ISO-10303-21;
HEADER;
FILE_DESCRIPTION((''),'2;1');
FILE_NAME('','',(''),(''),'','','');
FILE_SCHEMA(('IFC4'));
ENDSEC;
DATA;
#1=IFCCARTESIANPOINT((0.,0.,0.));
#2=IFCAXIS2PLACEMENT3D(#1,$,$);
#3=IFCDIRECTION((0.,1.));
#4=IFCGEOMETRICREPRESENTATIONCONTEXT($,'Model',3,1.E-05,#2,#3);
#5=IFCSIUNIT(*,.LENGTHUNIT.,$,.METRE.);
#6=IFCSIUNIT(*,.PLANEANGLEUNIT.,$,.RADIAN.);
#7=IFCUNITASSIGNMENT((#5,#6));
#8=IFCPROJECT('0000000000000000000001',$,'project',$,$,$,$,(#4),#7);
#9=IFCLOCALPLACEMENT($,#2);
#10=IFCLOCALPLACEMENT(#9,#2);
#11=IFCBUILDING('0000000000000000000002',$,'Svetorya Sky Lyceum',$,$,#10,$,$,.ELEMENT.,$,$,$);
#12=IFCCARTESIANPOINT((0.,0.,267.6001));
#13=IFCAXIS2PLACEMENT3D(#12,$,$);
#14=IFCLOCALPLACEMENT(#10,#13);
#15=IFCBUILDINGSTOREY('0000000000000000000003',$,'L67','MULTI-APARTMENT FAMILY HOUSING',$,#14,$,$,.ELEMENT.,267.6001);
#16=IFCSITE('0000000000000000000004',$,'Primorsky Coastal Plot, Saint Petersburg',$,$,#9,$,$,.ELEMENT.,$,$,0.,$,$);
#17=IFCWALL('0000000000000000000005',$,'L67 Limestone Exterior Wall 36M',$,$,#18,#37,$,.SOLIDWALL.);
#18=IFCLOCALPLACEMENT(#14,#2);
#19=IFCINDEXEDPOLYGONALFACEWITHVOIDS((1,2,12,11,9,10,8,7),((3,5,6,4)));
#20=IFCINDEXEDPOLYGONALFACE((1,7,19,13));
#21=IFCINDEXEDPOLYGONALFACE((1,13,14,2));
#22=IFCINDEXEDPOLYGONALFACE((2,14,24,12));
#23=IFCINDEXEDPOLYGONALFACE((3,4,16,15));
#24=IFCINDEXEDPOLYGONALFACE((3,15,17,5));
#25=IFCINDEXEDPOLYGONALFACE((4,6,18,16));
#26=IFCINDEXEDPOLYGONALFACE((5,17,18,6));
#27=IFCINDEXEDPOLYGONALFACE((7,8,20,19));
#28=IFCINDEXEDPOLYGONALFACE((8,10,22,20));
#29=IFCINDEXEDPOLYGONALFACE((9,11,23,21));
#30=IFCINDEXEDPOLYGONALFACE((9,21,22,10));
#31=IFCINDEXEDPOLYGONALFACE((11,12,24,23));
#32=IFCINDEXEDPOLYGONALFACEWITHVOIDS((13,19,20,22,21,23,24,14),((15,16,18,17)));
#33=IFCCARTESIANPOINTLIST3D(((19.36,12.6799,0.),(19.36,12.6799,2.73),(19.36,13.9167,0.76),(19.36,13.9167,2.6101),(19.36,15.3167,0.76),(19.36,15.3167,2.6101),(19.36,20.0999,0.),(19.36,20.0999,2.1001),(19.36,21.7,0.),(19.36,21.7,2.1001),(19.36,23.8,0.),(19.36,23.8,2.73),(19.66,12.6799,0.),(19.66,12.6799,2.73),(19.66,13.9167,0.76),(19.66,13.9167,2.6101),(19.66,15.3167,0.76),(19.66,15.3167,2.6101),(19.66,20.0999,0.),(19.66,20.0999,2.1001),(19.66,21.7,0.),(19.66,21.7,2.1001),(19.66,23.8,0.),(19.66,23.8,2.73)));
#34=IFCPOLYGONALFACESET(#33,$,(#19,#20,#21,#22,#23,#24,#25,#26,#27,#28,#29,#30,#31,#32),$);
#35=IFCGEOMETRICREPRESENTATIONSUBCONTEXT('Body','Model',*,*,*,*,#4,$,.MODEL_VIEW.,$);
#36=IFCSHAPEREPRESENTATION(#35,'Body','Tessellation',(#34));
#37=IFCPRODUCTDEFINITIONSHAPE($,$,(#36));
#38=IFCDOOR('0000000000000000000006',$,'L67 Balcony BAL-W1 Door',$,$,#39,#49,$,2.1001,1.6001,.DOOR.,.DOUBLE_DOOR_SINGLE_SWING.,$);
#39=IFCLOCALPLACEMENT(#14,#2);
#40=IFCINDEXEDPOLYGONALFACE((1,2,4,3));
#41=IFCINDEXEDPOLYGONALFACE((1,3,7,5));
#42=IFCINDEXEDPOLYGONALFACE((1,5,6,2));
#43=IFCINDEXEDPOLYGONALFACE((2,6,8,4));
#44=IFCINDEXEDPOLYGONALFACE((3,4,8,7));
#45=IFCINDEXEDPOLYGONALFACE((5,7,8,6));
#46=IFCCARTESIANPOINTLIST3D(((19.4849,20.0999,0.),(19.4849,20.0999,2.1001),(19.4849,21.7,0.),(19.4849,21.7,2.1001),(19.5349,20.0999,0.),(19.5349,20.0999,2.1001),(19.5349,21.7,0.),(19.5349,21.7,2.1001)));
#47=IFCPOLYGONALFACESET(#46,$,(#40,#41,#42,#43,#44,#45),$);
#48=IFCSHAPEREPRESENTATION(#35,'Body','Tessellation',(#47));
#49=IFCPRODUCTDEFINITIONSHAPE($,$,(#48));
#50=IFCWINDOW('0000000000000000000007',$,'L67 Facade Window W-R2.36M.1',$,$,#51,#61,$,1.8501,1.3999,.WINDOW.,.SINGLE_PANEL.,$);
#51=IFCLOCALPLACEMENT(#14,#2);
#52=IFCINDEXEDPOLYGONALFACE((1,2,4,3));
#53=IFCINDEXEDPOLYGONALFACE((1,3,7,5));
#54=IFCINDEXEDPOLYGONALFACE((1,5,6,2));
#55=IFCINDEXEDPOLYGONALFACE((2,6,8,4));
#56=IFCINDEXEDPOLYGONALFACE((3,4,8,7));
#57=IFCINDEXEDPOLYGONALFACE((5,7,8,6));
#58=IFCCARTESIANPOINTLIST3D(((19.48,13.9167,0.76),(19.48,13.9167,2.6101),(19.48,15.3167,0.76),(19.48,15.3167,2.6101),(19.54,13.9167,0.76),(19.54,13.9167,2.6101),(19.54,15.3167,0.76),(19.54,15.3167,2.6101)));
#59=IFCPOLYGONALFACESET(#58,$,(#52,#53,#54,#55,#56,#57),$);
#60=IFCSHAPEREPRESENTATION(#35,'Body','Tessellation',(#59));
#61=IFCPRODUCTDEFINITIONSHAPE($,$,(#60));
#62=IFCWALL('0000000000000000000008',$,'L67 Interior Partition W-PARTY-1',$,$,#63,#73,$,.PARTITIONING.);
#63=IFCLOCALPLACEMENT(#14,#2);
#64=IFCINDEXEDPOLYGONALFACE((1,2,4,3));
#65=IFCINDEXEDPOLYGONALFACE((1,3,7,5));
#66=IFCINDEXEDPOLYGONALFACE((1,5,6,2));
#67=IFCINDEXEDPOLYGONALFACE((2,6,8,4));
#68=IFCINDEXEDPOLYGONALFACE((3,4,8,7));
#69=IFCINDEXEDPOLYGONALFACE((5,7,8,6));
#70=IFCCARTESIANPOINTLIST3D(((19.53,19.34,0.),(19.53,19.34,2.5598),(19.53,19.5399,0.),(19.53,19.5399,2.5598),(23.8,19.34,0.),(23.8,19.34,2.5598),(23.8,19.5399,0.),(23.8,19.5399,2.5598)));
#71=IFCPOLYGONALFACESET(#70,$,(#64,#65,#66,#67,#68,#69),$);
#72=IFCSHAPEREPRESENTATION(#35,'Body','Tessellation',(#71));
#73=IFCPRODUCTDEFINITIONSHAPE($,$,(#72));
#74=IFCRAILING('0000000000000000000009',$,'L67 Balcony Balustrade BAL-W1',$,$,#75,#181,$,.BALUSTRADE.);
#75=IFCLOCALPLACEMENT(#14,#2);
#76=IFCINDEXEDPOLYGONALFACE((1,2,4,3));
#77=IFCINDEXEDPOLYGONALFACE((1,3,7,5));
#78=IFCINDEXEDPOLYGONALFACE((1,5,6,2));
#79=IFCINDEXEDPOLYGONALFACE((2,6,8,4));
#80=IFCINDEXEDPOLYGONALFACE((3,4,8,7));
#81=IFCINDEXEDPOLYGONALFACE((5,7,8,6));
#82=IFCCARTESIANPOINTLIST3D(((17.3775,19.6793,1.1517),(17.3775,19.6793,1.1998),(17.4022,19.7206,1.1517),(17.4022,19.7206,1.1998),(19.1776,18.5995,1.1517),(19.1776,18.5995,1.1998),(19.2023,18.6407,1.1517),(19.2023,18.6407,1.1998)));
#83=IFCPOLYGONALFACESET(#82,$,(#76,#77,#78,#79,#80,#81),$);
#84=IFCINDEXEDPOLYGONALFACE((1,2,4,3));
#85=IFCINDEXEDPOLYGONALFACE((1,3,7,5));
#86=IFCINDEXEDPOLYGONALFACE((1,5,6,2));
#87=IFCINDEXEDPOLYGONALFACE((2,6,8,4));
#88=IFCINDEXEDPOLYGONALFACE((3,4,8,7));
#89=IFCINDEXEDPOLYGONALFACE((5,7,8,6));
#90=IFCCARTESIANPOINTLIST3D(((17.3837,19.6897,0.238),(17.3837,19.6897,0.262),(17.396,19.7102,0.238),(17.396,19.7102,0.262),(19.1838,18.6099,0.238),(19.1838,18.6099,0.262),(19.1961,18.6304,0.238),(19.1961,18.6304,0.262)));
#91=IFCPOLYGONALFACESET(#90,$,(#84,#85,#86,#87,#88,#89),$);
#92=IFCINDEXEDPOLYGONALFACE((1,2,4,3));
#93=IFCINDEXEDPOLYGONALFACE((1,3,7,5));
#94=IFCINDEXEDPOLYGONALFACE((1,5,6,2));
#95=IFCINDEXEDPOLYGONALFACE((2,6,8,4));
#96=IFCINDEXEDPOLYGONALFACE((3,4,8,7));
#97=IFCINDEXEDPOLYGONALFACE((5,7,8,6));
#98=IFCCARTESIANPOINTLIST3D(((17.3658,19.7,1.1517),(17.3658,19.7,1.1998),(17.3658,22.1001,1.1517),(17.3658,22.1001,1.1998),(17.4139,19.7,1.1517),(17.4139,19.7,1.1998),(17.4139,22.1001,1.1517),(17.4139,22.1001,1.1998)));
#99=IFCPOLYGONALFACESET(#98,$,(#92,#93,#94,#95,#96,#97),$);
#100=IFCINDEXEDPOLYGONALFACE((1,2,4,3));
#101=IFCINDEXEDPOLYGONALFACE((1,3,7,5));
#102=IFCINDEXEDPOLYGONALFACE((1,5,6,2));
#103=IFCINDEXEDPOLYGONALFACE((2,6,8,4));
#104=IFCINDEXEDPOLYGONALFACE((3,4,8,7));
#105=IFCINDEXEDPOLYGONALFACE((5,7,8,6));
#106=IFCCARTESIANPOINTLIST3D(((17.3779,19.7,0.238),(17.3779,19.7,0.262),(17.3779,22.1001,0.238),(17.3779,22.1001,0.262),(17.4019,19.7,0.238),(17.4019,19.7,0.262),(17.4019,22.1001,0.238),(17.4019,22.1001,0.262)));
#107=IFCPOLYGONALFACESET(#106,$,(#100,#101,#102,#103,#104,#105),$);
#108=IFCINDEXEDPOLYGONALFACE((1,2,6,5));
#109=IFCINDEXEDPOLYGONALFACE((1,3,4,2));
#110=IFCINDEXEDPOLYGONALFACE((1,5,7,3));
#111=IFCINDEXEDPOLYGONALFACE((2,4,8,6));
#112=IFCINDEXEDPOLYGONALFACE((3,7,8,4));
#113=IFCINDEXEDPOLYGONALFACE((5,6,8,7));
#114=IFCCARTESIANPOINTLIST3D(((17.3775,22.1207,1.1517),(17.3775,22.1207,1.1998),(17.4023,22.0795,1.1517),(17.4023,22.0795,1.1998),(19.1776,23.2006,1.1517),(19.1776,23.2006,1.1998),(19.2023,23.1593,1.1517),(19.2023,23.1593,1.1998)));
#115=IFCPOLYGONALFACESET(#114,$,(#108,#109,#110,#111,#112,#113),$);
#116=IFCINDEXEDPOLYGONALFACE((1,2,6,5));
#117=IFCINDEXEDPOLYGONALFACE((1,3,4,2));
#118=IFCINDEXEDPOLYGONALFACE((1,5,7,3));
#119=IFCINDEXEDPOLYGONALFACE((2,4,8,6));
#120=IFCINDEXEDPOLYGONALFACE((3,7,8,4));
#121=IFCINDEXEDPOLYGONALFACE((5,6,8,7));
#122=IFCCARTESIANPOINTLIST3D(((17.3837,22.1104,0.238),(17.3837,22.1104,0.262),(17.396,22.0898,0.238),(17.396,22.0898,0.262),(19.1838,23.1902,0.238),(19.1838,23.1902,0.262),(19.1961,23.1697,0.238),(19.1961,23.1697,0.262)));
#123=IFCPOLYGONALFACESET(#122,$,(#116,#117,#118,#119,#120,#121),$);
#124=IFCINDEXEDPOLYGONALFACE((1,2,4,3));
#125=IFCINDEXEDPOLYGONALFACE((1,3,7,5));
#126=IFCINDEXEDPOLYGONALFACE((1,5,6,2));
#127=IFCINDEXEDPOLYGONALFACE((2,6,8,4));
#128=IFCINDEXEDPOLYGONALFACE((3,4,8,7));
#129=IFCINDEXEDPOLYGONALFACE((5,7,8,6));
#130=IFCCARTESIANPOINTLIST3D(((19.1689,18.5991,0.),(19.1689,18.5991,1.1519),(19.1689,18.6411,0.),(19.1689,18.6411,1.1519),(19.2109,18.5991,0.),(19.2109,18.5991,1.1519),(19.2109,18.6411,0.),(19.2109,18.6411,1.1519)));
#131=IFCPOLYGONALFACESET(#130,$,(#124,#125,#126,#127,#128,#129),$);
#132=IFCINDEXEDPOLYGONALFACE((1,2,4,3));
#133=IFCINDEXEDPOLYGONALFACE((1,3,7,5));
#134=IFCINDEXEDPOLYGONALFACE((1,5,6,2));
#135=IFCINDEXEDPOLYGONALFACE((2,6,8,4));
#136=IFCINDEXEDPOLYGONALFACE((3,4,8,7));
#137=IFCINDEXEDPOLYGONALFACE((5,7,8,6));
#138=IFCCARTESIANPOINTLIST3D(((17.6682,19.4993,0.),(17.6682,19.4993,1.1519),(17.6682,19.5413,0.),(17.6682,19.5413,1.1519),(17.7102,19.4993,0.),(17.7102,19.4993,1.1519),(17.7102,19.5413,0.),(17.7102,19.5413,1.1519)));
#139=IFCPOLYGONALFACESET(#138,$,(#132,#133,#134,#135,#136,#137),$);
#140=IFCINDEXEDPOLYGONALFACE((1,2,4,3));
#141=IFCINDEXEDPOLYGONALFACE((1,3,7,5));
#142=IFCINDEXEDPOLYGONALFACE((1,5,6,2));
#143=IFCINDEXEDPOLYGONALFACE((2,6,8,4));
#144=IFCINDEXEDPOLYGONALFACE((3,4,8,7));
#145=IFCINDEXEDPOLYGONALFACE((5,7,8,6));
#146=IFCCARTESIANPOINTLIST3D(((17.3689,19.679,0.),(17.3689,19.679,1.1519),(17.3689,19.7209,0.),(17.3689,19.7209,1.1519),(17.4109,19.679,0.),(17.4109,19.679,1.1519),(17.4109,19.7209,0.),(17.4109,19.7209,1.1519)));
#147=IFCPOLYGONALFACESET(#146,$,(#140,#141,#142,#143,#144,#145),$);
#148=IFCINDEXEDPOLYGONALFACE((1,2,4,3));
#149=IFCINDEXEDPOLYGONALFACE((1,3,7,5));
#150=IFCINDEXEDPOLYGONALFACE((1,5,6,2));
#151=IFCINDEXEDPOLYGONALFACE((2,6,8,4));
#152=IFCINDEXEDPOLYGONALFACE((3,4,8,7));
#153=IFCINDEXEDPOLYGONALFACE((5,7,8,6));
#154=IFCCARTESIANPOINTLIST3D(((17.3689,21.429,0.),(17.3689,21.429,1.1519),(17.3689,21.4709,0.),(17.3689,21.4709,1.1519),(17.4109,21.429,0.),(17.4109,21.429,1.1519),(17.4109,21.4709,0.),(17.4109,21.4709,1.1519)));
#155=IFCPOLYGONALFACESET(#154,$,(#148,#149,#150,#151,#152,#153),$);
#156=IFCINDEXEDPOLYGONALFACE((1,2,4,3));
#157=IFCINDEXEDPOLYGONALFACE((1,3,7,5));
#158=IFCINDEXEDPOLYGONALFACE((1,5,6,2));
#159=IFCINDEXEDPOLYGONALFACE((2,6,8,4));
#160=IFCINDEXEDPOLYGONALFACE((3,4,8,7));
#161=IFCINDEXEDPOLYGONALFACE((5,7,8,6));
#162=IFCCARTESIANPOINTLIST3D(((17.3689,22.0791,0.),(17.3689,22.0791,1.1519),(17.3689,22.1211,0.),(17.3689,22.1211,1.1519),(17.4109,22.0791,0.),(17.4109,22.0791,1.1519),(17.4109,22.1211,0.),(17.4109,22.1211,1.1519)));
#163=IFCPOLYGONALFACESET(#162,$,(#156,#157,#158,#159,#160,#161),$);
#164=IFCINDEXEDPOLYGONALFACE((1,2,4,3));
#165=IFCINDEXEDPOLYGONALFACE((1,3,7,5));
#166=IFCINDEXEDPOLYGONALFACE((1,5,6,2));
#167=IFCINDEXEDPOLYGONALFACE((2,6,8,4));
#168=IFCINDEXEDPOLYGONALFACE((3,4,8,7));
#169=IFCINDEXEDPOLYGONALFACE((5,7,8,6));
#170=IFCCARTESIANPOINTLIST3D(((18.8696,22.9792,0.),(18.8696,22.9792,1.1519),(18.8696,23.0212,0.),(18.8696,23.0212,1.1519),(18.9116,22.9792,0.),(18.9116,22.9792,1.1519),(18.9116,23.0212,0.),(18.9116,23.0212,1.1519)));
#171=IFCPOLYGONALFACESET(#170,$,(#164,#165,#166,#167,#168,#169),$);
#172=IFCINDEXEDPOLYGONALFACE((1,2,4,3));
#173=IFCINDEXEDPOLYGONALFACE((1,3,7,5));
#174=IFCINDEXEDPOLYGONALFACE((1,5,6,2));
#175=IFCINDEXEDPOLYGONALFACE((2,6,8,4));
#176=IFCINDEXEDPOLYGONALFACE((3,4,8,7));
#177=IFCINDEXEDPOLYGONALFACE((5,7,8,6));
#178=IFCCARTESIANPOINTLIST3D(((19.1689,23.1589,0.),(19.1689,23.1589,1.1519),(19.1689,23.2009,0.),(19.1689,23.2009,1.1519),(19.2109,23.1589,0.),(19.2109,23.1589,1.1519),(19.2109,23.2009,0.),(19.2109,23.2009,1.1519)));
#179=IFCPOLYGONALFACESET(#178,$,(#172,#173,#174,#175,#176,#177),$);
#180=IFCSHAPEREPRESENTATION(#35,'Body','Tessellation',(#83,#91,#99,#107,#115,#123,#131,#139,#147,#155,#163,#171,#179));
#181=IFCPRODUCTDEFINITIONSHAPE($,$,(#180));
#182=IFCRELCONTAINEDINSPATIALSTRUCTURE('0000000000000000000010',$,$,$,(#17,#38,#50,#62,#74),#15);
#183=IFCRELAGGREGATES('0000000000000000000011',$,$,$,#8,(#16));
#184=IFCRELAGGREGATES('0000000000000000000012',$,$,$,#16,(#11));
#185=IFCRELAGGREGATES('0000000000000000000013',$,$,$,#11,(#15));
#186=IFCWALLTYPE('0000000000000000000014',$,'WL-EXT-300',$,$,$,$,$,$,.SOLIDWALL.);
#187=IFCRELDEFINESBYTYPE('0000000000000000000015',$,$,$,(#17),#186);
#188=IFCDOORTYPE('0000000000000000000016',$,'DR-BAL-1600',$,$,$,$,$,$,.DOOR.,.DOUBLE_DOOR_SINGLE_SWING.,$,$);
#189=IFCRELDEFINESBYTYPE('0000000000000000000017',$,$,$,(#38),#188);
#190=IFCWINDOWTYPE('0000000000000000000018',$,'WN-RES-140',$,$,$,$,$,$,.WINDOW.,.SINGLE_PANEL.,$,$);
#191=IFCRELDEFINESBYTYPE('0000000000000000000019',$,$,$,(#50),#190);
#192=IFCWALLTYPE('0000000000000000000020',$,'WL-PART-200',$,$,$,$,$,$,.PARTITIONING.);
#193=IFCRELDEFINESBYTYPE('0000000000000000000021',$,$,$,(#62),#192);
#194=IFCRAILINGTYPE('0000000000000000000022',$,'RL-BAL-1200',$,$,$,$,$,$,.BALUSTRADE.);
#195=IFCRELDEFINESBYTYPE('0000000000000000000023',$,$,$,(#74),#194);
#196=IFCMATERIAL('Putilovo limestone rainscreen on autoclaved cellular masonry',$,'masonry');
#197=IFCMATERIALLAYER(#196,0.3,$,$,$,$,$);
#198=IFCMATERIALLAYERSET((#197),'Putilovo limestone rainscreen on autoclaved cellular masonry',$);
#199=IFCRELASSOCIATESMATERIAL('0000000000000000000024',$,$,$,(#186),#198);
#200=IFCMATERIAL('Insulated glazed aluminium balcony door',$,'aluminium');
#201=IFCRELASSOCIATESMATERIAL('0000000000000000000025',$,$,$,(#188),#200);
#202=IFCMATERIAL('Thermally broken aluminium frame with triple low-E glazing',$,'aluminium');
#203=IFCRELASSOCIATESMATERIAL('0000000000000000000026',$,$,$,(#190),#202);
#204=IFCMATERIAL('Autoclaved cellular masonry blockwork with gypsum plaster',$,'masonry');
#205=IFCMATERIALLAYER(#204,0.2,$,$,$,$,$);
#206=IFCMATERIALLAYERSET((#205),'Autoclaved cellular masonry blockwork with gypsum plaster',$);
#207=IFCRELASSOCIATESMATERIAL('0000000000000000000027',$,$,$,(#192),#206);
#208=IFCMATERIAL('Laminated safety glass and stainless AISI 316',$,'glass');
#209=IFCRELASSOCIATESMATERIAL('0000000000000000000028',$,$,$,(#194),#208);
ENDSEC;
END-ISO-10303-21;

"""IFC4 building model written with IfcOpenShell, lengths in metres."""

from ifc_helpers import new_model, si_unit, direction, frame, frame_2d, origin, origin_2d, place, context, subcontext, project, spatial, rectangle, extrude, material, layer, layer_set, type_object, element, fill, save


model = new_model("IFC4")

# Units and contexts
model_context = context("Model", 3, precision=1e-05, world=origin(), true_north=direction((0.0, 1.0)))
body_context = subcontext(model_context, "Body", "Model", "MODEL_VIEW")
ifc_project = project(units=[si_unit("LENGTHUNIT", "METRE"), si_unit("PLANEANGLEUNIT", "RADIAN")], contexts=[model_context])

# Site, building, storey
site_placement = place(None, origin())
site = spatial("IfcSite", under=ifc_project, at=site_placement, Name="Primorsky Coastal Plot, Saint Petersburg", CompositionType="ELEMENT", RefElevation=0.0)
building_placement = place(site_placement, origin())
building = spatial("IfcBuilding", under=site, at=building_placement, Name="Svetorya Sky Lyceum", CompositionType="ELEMENT")
storey_placement = place(building_placement, frame((0.0, 0.0, 267.6001)))
storey = spatial("IfcBuildingStorey", under=building, at=storey_placement, Name="L67", Description="MULTI-APARTMENT FAMILY HOUSING", CompositionType="ELEMENT", Elevation=267.6001)

# Shared definitions
ifc_material_1 = material(Name="Putilovo limestone rainscreen on autoclaved cellular masonry", Category="masonry")
ifc_layer_1 = layer(ifc_material_1, 0.3)
ifc_layer_set_1 = layer_set([ifc_layer_1], Name="Putilovo limestone rainscreen on autoclaved cellular masonry")
wall_type_1 = type_object("IfcWallType", Name="WL-EXT-300", PredefinedType="SOLIDWALL", material=ifc_layer_set_1)

# Wall, openings, door, window
wall_1_placement = place(storey_placement, frame((19.51, 23.8, 0.0), z_axis=(0.0, 0.0, 1.0), x_axis=(0.0, -1.0, 0.0)))
wall_1 = element("IfcWall", 1, at=wall_1_placement, inside=storey, type_object=wall_type_1, Name="L67 Limestone Exterior Wall 36M", PredefinedType="SOLIDWALL", context=body_context, shape_type="SweptSolid", body=[
    extrude(rectangle(XDim=11.1201, YDim=0.3, at=frame_2d((5.5601, 0.0))), origin(), (0.0, 0.0, 1.0), 2.73),
])
opening_1_placement = place(wall_1_placement, frame((2.1001, 0.0, 0.0)))
opening_1 = element("IfcOpeningElement", 2, at=opening_1_placement, cuts=wall_1, PredefinedType="OPENING", context=body_context, shape_type="SweptSolid", body=[
    extrude(rectangle(XDim=1.6001, YDim=2.1001, at=frame_2d((0.8, 1.05))), frame((0.0, 0.1599, 0.0), z_axis=(0.0, -1.0, 0.0), x_axis=(1.0, 0.0, 0.0)), (0.0, 0.0, 1.0), 0.3201),
])
opening_2_placement = place(wall_1_placement, frame((8.4834, 0.0, 0.76)))
opening_2 = element("IfcOpeningElement", 3, at=opening_2_placement, cuts=wall_1, PredefinedType="OPENING", context=body_context, shape_type="SweptSolid", body=[
    extrude(rectangle(XDim=1.3999, YDim=1.8501, at=frame_2d((0.7, 0.925))), frame((0.0, 0.1599, 0.0), z_axis=(0.0, -1.0, 0.0), x_axis=(1.0, 0.0, 0.0)), (0.0, 0.0, 1.0), 0.3201),
])
ifc_material_2 = material(Name="Insulated glazed aluminium balcony door", Category="aluminium")
door_type = type_object("IfcDoorType", Name="DR-BAL-1600", OperationType="DOUBLE_DOOR_SINGLE_SWING", PredefinedType="DOOR", material=ifc_material_2)
door_placement = place(opening_1_placement, origin())
door = element("IfcDoor", 4, at=door_placement, inside=storey, type_object=door_type, Name="L67 Balcony BAL-W1 Door", OperationType="DOUBLE_DOOR_SINGLE_SWING", OverallHeight=2.1001, OverallWidth=1.6001, PredefinedType="DOOR", context=body_context, shape_type="SweptSolid", body=[
    extrude(rectangle(XDim=1.6001, YDim=2.1001, at=frame_2d((0.8, 1.05))), frame((0.0, 0.0249, 0.0), z_axis=(0.0, -1.0, 0.0), x_axis=(1.0, 0.0, 0.0)), (0.0, 0.0, 1.0), 0.05),
])
fill(opening_1, door)
ifc_material_3 = material(Name="Thermally broken aluminium frame with triple low-E glazing", Category="aluminium")
window_type = type_object("IfcWindowType", Name="WN-RES-140", PartitioningType="SINGLE_PANEL", PredefinedType="WINDOW", material=ifc_material_3)
window_placement = place(opening_2_placement, origin())
window = element("IfcWindow", 5, at=window_placement, inside=storey, type_object=window_type, Name="L67 Facade Window W-R2.36M.1", OverallHeight=1.8501, OverallWidth=1.3999, PartitioningType="SINGLE_PANEL", PredefinedType="WINDOW", context=body_context, shape_type="SweptSolid", body=[
    extrude(rectangle(XDim=1.3999, YDim=1.8501, at=frame_2d((0.7, 0.925))), frame((0.0, 0.03, 0.0), z_axis=(0.0, -1.0, 0.0), x_axis=(1.0, 0.0, 0.0)), (0.0, 0.0, 1.0), 0.0601),
])
fill(opening_2, window)

# Wall
ifc_material_4 = material(Name="Autoclaved cellular masonry blockwork with gypsum plaster", Category="masonry")
ifc_layer_2 = layer(ifc_material_4, 0.2)
ifc_layer_set_2 = layer_set([ifc_layer_2], Name="Autoclaved cellular masonry blockwork with gypsum plaster")
wall_type_2 = type_object("IfcWallType", Name="WL-PART-200", PredefinedType="PARTITIONING", material=ifc_layer_set_2)
wall_2_placement = place(storey_placement, frame((19.53, 19.4399, 0.0), z_axis=(0.0, 0.0, 1.0), x_axis=(1.0, 0.0, 0.0)))
element("IfcWall", 6, at=wall_2_placement, inside=storey, type_object=wall_type_2, Name="L67 Interior Partition W-PARTY-1", PredefinedType="PARTITIONING", context=body_context, shape_type="SweptSolid", body=[
    extrude(rectangle(XDim=4.27, YDim=0.2, at=frame_2d((2.135, 0.0))), origin(), (0.0, 0.0, 1.0), 2.5598),
])

# Railing
ifc_material_5 = material(Name="Laminated safety glass and stainless AISI 316", Category="glass")
railing_type = type_object("IfcRailingType", Name="RL-BAL-1200", PredefinedType="BALUSTRADE", material=ifc_material_5)
railing_placement = place(storey_placement, frame((19.1899, 18.6201, 0.0)))
element("IfcRailing", 7, at=railing_placement, inside=storey, type_object=railing_type, Name="L67 Balcony Balustrade BAL-W1", PredefinedType="BALUSTRADE", context=body_context, shape_type="SweptSolid", body=[
    extrude(rectangle(XDim=0.0481, YDim=0.0481, at=origin_2d()), frame((0.0, 0.0, 1.1758), z_axis=(-0.857534, 0.514427, 0.0), x_axis=(-0.514427, -0.857534, 0.0)), (0.0, 0.0, 1.0), 2.0991),
    extrude(rectangle(XDim=0.0239, YDim=0.0239, at=origin_2d()), frame((0.0, 0.0, 0.25), z_axis=(-0.857534, 0.514427, 0.0), x_axis=(-0.514427, -0.857534, 0.0)), (0.0, 0.0, 1.0), 2.0991),
    extrude(rectangle(XDim=0.0481, YDim=0.0481, at=origin_2d()), frame((-1.8, 1.0798, 1.1758), z_axis=(0.0, 1.0, 0.0), x_axis=(-1.0, 0.0, 0.0)), (0.0, 0.0, 1.0), 2.4001),
    extrude(rectangle(XDim=0.0239, YDim=0.0239, at=origin_2d()), frame((-1.8, 1.0798, 0.25), z_axis=(0.0, 1.0, 0.0), x_axis=(-1.0, 0.0, 0.0)), (0.0, 0.0, 1.0), 2.4001),
    extrude(rectangle(XDim=0.0481, YDim=0.0481, at=origin_2d()), frame((-1.8, 3.48, 1.1758), z_axis=(0.857534, 0.514427, 0.0), x_axis=(-0.514427, 0.857534, 0.0)), (0.0, 0.0, 1.0), 2.0991),
    extrude(rectangle(XDim=0.0239, YDim=0.0239, at=origin_2d()), frame((-1.8, 3.48, 0.25), z_axis=(0.857534, 0.514427, 0.0), x_axis=(-0.514427, 0.857534, 0.0)), (0.0, 0.0, 1.0), 2.0991),
    extrude(rectangle(XDim=0.042, YDim=0.042, at=origin_2d()), origin(), (0.0, 0.0, 1.0), 1.1519),
    extrude(rectangle(XDim=0.042, YDim=0.042, at=origin_2d()), frame((-1.5007, 0.9001, 0.0)), (0.0, 0.0, 1.0), 1.1519),
    extrude(rectangle(XDim=0.042, YDim=0.042, at=origin_2d()), frame((-1.8, 1.0798, 0.0)), (0.0, 0.0, 1.0), 1.1519),
    extrude(rectangle(XDim=0.042, YDim=0.042, at=origin_2d()), frame((-1.8, 2.8298, 0.0)), (0.0, 0.0, 1.0), 1.1519),
    extrude(rectangle(XDim=0.042, YDim=0.042, at=origin_2d()), frame((-1.8, 3.48, 0.0)), (0.0, 0.0, 1.0), 1.1519),
    extrude(rectangle(XDim=0.042, YDim=0.042, at=origin_2d()), frame((-0.2993, 4.3801, 0.0)), (0.0, 0.0, 1.0), 1.1519),
    extrude(rectangle(XDim=0.042, YDim=0.042, at=origin_2d()), frame((0.0, 4.5598, 0.0)), (0.0, 0.0, 1.0), 1.1519),
])

save(model, "model.ifc")
